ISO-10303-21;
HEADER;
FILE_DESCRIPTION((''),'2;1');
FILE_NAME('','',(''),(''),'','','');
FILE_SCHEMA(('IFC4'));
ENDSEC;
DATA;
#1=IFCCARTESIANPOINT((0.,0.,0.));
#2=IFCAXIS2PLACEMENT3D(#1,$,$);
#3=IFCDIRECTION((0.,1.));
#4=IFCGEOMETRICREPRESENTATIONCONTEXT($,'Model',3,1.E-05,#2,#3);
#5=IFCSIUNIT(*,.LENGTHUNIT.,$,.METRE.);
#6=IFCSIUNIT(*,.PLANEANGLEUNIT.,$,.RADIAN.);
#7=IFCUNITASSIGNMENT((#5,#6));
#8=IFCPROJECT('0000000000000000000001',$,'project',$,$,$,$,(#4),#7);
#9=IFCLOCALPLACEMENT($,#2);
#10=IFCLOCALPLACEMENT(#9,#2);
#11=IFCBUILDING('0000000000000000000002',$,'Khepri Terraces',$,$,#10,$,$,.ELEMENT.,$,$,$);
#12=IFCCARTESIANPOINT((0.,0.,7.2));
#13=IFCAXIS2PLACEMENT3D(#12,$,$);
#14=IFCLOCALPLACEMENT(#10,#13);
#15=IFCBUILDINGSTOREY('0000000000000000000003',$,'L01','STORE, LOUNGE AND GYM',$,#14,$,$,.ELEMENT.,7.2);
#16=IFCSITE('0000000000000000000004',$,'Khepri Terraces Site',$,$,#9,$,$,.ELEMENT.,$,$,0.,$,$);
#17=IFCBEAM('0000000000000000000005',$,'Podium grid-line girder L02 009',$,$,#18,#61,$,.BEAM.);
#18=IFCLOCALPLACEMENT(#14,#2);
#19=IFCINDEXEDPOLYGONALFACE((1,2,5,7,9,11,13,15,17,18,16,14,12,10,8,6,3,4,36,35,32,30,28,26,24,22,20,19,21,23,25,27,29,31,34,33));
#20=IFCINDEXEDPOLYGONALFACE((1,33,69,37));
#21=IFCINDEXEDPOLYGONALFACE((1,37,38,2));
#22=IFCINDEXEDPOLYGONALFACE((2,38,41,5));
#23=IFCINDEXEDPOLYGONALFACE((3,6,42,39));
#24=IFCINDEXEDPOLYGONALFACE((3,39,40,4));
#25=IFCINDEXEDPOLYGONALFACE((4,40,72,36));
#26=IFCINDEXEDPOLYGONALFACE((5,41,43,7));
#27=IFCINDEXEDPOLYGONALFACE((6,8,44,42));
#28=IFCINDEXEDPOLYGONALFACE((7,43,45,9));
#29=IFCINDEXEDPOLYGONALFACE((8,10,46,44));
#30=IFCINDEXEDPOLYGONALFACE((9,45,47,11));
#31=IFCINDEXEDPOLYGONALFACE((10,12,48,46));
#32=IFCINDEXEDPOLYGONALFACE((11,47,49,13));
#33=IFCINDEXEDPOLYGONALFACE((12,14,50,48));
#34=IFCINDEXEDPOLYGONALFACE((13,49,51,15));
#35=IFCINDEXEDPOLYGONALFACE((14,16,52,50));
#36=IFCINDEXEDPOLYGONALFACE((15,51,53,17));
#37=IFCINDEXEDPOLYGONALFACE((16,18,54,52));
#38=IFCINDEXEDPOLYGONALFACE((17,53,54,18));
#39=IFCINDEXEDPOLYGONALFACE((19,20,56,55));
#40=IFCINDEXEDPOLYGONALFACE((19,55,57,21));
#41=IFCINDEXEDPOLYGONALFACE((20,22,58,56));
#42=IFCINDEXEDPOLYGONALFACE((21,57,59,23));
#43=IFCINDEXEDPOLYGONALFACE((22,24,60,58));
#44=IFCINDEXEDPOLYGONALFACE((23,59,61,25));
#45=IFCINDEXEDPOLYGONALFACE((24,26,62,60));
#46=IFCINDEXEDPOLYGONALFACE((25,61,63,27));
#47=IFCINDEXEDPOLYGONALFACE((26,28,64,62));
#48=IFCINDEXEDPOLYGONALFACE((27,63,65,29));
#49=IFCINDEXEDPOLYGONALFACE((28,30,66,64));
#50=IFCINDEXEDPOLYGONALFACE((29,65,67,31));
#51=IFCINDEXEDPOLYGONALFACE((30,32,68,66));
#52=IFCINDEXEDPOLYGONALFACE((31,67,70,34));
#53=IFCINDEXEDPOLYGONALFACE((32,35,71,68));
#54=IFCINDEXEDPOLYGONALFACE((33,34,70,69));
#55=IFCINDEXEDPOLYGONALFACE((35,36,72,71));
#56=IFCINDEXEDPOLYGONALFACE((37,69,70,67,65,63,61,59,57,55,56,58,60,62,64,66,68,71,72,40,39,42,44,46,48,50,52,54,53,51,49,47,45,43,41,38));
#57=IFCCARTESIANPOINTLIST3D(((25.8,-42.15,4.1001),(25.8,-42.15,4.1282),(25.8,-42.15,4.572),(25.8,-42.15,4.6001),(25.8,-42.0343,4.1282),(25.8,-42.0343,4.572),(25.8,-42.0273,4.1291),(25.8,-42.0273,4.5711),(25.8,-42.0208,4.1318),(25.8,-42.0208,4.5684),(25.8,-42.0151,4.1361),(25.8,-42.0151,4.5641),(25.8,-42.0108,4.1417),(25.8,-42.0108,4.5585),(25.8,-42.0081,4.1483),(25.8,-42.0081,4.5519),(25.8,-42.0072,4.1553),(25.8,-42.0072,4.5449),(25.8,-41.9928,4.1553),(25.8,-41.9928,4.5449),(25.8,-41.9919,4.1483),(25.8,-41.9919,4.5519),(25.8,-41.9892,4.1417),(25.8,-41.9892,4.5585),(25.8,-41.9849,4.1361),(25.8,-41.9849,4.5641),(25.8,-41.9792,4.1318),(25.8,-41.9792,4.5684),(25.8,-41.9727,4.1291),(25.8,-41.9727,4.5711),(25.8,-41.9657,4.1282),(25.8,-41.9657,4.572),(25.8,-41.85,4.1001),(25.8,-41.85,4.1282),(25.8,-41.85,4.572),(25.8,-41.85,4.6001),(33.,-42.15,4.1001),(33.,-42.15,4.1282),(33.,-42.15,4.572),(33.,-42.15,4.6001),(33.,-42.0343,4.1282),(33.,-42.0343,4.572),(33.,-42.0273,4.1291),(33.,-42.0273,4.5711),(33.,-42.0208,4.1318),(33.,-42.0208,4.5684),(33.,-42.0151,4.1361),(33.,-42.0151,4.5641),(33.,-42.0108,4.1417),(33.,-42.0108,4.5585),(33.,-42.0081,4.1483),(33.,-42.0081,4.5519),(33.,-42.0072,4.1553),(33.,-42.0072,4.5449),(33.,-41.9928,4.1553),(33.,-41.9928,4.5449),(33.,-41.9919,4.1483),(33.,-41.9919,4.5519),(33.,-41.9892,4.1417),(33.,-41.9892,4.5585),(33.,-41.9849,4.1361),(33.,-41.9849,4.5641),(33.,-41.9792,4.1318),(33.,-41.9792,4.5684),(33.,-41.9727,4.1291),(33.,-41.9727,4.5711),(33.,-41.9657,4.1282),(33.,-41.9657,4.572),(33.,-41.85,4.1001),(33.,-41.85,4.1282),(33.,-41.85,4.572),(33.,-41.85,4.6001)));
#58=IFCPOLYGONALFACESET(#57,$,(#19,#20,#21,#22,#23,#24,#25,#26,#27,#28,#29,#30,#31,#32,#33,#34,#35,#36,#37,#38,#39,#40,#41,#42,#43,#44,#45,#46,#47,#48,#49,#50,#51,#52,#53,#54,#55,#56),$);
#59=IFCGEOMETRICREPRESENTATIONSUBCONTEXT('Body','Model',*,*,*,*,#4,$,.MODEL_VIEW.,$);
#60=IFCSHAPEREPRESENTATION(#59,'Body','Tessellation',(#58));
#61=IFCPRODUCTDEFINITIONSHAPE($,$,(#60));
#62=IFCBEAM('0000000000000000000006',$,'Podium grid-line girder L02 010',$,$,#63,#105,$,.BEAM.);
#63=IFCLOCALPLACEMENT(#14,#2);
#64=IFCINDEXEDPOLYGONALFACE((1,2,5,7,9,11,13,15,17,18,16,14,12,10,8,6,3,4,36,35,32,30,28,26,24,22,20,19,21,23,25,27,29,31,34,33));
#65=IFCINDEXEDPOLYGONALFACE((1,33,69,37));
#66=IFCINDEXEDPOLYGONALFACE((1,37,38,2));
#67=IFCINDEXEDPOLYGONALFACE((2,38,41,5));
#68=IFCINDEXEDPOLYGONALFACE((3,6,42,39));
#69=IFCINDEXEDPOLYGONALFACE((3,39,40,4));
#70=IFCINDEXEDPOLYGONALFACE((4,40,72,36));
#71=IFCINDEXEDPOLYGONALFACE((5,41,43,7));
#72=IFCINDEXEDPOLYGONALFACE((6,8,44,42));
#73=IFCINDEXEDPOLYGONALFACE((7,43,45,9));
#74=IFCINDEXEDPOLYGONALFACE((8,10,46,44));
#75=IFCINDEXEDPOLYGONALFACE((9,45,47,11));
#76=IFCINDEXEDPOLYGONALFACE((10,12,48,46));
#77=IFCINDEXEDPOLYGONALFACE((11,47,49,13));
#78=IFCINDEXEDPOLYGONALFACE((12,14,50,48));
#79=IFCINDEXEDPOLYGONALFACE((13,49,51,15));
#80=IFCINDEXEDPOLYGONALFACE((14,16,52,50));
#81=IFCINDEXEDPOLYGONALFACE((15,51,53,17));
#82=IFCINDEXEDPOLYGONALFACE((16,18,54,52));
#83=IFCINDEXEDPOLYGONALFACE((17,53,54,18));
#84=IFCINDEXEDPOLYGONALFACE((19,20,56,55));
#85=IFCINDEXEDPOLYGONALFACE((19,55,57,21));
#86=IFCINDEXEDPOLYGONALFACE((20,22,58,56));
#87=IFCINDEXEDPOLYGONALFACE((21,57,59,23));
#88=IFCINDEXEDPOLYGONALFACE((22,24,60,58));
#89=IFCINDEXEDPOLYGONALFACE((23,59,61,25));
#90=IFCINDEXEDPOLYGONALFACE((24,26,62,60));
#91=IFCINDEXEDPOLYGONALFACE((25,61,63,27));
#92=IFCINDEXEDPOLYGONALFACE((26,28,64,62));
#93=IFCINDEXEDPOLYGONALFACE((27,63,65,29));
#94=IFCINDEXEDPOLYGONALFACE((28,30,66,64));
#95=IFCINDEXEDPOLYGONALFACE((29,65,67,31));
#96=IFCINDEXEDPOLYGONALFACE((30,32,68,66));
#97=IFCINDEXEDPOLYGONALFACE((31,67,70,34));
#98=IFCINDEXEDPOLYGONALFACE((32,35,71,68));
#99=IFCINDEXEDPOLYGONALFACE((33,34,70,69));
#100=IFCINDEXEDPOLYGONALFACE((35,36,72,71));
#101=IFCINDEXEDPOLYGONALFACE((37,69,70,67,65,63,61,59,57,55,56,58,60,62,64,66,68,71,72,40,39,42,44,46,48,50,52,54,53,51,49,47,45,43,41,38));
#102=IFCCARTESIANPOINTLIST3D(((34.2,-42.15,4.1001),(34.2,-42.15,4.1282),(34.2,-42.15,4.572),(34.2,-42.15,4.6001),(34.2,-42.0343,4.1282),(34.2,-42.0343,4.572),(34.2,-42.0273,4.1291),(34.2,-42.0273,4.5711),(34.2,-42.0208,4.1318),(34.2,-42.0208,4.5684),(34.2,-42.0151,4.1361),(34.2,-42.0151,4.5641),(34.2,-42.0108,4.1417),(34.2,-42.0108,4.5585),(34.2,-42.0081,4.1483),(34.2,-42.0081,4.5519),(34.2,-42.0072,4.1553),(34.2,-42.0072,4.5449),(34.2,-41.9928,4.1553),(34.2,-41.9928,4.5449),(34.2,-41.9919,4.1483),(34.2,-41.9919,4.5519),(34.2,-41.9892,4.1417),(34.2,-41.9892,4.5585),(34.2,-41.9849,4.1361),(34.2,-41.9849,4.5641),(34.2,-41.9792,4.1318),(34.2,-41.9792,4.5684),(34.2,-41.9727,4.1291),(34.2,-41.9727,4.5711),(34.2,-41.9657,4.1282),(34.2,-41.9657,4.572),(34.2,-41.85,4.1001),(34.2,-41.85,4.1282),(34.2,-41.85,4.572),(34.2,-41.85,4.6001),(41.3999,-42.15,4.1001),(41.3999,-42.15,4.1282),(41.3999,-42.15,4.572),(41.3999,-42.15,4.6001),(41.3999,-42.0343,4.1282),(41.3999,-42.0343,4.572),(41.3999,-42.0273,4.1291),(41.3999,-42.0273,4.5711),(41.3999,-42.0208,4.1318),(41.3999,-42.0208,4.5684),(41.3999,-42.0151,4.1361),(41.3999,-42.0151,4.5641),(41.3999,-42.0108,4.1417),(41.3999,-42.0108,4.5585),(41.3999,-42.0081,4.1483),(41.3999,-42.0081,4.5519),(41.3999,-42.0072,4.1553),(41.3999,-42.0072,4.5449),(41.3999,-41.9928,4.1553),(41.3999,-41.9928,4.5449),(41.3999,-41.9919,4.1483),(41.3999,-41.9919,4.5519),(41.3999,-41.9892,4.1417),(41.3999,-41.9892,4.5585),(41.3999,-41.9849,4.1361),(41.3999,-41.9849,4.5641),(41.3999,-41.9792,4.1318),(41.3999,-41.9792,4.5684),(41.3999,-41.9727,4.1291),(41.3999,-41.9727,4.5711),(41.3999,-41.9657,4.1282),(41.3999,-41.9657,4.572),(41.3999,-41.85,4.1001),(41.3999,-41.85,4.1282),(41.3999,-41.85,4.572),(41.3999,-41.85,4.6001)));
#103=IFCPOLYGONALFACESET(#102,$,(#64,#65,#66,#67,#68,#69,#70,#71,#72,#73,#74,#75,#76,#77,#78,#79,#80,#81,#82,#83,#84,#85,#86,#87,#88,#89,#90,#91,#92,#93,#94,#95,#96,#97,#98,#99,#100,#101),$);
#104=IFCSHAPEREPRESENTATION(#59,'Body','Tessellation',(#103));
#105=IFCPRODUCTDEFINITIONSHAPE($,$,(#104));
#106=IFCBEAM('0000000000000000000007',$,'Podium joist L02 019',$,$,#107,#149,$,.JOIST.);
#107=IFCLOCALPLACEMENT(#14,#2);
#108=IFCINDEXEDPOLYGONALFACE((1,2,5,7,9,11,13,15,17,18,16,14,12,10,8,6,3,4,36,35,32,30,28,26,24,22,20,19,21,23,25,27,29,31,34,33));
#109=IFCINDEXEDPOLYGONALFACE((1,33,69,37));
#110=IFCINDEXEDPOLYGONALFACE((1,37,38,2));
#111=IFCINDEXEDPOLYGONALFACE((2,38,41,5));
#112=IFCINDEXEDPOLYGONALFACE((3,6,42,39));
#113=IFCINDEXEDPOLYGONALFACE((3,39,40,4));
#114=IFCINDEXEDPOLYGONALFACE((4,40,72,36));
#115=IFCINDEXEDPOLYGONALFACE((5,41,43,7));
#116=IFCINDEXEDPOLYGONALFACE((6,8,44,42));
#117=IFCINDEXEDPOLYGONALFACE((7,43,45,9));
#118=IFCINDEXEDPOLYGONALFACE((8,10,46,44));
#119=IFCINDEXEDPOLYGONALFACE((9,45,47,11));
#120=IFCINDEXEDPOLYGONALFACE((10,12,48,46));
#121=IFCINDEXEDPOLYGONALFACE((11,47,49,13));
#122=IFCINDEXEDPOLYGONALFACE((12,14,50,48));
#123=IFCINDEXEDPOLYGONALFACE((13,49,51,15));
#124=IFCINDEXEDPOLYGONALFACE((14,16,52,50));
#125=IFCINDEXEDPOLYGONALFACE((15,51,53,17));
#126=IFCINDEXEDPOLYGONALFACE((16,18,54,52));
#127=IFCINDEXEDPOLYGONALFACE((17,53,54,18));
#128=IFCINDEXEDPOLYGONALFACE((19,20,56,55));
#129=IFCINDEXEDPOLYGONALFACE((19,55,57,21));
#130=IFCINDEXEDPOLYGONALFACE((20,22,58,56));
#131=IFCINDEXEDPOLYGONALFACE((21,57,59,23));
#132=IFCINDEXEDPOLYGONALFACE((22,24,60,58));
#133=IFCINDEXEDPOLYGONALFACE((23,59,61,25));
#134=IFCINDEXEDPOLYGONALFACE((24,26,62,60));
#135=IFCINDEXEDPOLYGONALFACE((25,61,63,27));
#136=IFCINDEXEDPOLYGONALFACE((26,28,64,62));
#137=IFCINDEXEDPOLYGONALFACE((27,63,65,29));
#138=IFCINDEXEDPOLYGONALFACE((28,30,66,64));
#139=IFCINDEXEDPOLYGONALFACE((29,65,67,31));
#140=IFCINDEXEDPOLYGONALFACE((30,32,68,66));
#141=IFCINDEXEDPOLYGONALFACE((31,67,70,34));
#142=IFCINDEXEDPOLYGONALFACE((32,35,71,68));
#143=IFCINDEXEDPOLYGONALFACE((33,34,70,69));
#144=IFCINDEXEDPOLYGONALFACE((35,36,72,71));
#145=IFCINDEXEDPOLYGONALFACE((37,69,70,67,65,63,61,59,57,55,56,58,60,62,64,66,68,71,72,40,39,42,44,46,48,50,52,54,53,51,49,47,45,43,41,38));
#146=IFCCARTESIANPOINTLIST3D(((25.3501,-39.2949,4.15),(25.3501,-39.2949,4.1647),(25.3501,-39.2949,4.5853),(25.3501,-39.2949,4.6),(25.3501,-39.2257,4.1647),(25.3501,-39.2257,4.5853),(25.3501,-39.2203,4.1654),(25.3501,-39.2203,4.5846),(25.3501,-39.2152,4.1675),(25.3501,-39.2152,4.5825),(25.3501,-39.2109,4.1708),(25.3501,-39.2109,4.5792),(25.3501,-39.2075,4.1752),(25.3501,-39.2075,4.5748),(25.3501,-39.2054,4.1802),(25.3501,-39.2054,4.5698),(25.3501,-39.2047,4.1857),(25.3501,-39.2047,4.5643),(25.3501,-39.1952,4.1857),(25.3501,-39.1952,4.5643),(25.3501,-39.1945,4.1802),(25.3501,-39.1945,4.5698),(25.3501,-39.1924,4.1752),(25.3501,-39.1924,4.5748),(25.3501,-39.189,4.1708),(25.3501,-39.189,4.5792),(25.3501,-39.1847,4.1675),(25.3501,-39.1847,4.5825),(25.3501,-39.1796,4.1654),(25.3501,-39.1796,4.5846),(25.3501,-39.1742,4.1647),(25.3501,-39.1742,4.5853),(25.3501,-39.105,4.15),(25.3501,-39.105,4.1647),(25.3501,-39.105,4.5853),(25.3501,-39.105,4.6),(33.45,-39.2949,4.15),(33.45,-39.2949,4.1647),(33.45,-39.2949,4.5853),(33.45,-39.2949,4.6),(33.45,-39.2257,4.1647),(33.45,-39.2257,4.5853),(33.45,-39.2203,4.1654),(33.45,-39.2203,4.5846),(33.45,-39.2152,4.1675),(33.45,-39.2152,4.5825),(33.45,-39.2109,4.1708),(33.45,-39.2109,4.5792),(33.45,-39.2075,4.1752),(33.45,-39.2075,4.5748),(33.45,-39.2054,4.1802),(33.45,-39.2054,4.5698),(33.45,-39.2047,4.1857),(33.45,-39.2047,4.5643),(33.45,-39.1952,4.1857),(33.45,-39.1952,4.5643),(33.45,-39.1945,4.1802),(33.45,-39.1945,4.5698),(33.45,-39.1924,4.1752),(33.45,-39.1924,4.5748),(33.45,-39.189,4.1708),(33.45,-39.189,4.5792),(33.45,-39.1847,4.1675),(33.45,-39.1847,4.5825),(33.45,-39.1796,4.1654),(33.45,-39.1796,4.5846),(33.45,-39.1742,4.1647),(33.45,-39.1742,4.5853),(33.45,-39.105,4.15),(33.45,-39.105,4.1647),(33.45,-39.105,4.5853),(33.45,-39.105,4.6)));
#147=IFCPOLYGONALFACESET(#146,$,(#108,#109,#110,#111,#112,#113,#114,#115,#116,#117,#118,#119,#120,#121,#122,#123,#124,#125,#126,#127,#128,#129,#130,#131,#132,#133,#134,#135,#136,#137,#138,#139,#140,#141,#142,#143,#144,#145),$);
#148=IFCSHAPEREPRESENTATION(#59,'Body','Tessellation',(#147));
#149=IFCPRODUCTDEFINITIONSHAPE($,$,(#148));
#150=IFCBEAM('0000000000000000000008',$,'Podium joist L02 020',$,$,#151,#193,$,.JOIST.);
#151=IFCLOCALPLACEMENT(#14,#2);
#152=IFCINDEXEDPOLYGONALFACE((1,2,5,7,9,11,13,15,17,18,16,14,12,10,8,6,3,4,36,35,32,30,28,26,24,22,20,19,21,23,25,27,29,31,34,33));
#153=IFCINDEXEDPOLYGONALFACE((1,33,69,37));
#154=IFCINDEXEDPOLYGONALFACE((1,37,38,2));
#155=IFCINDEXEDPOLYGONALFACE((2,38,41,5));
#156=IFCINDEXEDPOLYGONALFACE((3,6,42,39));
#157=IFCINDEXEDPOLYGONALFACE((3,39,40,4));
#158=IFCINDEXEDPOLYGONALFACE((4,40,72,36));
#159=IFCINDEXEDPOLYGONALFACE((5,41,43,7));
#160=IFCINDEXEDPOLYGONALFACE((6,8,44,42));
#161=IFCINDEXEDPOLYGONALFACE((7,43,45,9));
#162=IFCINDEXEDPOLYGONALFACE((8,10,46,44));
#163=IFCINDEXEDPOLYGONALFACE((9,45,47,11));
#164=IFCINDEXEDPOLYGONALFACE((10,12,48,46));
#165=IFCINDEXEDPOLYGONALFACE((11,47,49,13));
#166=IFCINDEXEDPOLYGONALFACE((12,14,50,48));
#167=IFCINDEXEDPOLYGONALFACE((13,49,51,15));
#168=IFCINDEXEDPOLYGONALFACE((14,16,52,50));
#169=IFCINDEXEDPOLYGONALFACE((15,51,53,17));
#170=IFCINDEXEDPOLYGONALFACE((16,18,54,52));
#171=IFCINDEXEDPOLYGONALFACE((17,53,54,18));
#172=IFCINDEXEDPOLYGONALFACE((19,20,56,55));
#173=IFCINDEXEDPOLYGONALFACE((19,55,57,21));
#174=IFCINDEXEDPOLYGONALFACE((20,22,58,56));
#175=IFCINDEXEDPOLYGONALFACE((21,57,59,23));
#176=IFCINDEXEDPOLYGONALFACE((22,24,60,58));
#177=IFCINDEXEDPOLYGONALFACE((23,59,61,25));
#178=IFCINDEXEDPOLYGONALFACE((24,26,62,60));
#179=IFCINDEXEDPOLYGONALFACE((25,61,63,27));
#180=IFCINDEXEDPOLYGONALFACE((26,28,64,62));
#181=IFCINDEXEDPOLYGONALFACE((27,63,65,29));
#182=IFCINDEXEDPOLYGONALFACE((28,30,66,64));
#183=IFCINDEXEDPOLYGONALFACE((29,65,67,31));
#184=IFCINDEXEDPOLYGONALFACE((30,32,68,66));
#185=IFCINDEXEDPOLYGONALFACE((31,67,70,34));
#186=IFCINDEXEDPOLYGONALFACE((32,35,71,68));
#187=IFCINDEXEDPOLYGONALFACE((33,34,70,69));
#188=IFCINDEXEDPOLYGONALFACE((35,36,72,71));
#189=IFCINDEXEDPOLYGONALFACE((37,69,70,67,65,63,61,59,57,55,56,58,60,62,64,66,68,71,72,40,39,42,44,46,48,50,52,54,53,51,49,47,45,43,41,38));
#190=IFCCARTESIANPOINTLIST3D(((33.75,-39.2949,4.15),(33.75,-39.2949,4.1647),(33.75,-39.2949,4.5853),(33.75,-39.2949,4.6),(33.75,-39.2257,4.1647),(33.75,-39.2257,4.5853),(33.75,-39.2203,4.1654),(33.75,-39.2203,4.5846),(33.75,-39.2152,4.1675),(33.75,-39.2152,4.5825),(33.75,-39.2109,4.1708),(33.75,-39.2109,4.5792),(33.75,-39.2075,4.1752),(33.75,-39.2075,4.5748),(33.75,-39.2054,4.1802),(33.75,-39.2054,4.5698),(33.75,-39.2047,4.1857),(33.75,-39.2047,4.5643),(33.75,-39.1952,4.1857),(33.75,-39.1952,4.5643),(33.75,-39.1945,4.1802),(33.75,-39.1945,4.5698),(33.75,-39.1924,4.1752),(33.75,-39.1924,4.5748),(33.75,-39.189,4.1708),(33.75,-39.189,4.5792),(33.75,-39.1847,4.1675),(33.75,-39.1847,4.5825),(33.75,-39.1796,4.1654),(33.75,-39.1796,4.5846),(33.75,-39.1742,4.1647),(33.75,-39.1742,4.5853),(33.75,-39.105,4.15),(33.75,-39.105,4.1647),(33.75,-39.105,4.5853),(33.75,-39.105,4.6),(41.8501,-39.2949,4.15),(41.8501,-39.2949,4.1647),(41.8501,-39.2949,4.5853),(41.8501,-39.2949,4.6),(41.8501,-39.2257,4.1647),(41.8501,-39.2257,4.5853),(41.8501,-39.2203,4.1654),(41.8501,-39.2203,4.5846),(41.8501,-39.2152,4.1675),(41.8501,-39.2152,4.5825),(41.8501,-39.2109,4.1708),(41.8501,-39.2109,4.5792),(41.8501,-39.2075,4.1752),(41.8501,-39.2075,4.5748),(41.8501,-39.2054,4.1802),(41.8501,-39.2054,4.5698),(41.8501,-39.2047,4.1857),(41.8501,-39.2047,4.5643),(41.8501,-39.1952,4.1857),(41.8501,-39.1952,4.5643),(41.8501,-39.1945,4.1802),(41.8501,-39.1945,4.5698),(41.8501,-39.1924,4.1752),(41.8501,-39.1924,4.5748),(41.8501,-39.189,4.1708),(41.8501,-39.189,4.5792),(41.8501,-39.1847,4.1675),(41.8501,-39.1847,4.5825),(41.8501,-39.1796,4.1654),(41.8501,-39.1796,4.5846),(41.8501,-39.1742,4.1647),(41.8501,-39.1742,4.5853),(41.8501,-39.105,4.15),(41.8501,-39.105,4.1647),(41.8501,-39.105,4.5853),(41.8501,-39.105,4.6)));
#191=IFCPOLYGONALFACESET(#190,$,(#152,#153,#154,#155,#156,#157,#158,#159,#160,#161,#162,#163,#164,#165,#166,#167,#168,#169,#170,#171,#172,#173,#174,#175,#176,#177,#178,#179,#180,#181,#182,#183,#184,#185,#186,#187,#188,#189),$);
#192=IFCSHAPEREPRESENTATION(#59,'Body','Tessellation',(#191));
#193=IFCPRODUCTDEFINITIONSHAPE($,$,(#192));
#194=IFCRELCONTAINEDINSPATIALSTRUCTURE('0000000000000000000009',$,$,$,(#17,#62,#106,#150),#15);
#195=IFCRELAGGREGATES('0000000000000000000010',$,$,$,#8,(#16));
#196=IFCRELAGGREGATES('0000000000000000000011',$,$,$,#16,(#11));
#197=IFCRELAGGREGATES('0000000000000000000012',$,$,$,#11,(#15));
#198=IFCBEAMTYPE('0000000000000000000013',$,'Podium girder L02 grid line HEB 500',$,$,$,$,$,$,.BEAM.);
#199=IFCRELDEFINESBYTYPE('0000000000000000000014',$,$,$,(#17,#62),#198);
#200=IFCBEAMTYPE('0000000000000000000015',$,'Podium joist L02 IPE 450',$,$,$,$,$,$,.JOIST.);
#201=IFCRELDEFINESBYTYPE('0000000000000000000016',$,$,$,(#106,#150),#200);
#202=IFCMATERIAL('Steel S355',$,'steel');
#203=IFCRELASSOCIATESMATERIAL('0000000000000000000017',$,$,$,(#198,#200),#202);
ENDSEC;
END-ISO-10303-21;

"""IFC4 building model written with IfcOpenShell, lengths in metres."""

from ifc_helpers import new_model, si_unit, direction, frame, origin, origin_2d, place, context, subcontext, project, spatial, i_section, extrude, material, material_profile, profile_set, type_object, element, save


model = new_model("IFC4")

# Units and contexts
model_context = context("Model", 3, precision=1e-05, world=origin(), true_north=direction((0.0, 1.0)))
body_context = subcontext(model_context, "Body", "Model", "MODEL_VIEW")
ifc_project = project(units=[si_unit("LENGTHUNIT", "METRE"), si_unit("PLANEANGLEUNIT", "RADIAN")], contexts=[model_context])

# Site, building, storey
site_placement = place(None, origin())
site = spatial("IfcSite", under=ifc_project, at=site_placement, Name="Khepri Terraces Site", CompositionType="ELEMENT", RefElevation=0.0)
building_placement = place(site_placement, origin())
building = spatial("IfcBuilding", under=site, at=building_placement, Name="Khepri Terraces", CompositionType="ELEMENT")
storey_placement = place(building_placement, frame((0.0, 0.0, 7.2)))
storey = spatial("IfcBuildingStorey", under=building, at=storey_placement, Name="L01", Description="STORE, LOUNGE AND GYM", CompositionType="ELEMENT", Elevation=7.2)

# Beams
ifc_material_1 = material(Name="Steel S355", Category="steel")
ifc_material_profile_1 = material_profile(ifc_material_1, i_section(OverallWidth=0.3, OverallDepth=0.5, WebThickness=0.0144, FlangeThickness=0.0281, FilletRadius=0.0271, at=origin_2d()), Name="Steel S355", Category="steel")
ifc_profile_set_1 = profile_set([ifc_material_profile_1], Name="Steel S355")
beam_type_1 = type_object("IfcBeamType", Name="Podium girder L02 grid line HEB 500", PredefinedType="BEAM", material=ifc_profile_set_1)
for number, where, z_axis, x_axis, name in (
    (1, (25.8, -42.0, 4.3501), (1.0, 0.0, 0.0), (0.0, 1.0, 0.0), "Podium grid-line girder L02 009"),
    (2, (34.2, -42.0, 4.3501), (1.0, 0.0, 0.0), (0.0, 1.0, 0.0), "Podium grid-line girder L02 010"),
):
    element("IfcBeam", number, at=place(storey_placement, frame(where, z_axis=z_axis, x_axis=x_axis)), inside=storey, type_object=beam_type_1, Name=name, PredefinedType="BEAM", context=body_context, shape_type="SweptSolid", body=[
        extrude(i_section(OverallWidth=0.3, OverallDepth=0.5, WebThickness=0.0144, FlangeThickness=0.0281, FilletRadius=0.0271, at=origin_2d()), origin(), (0.0, 0.0, 1.0), 7.2),
    ])
ifc_material_profile_2 = material_profile(ifc_material_1, i_section(OverallWidth=0.1899, OverallDepth=0.45, WebThickness=0.0095, FlangeThickness=0.0146, FilletRadius=0.021, at=origin_2d()), Name="Steel S355", Category="steel")
ifc_profile_set_2 = profile_set([ifc_material_profile_2], Name="Steel S355")
beam_type_2 = type_object("IfcBeamType", Name="Podium joist L02 IPE 450", PredefinedType="JOIST", material=ifc_profile_set_2)
beam_1_placement = place(storey_placement, frame((25.3501, -39.2, 4.375), z_axis=(1.0, 0.0, 0.0), x_axis=(0.0, 1.0, 0.0)))
element("IfcBeam", 3, at=beam_1_placement, inside=storey, type_object=beam_type_2, Name="Podium joist L02 019", PredefinedType="JOIST", context=body_context, shape_type="SweptSolid", body=[
    extrude(i_section(OverallWidth=0.1899, OverallDepth=0.45, WebThickness=0.0095, FlangeThickness=0.0146, FilletRadius=0.021, at=origin_2d()), origin(), (0.0, 0.0, 1.0), 8.0999),
])
beam_2_placement = place(storey_placement, frame((33.75, -39.2, 4.375), z_axis=(1.0, 0.0, 0.0), x_axis=(0.0, 1.0, 0.0)))
element("IfcBeam", 4, at=beam_2_placement, inside=storey, type_object=beam_type_2, Name="Podium joist L02 020", PredefinedType="JOIST", context=body_context, shape_type="SweptSolid", body=[
    extrude(i_section(OverallWidth=0.1899, OverallDepth=0.45, WebThickness=0.0095, FlangeThickness=0.0146, FilletRadius=0.021, at=origin_2d()), origin(), (0.0, 0.0, 1.0), 8.1001),
])

save(model, "model.ifc")
